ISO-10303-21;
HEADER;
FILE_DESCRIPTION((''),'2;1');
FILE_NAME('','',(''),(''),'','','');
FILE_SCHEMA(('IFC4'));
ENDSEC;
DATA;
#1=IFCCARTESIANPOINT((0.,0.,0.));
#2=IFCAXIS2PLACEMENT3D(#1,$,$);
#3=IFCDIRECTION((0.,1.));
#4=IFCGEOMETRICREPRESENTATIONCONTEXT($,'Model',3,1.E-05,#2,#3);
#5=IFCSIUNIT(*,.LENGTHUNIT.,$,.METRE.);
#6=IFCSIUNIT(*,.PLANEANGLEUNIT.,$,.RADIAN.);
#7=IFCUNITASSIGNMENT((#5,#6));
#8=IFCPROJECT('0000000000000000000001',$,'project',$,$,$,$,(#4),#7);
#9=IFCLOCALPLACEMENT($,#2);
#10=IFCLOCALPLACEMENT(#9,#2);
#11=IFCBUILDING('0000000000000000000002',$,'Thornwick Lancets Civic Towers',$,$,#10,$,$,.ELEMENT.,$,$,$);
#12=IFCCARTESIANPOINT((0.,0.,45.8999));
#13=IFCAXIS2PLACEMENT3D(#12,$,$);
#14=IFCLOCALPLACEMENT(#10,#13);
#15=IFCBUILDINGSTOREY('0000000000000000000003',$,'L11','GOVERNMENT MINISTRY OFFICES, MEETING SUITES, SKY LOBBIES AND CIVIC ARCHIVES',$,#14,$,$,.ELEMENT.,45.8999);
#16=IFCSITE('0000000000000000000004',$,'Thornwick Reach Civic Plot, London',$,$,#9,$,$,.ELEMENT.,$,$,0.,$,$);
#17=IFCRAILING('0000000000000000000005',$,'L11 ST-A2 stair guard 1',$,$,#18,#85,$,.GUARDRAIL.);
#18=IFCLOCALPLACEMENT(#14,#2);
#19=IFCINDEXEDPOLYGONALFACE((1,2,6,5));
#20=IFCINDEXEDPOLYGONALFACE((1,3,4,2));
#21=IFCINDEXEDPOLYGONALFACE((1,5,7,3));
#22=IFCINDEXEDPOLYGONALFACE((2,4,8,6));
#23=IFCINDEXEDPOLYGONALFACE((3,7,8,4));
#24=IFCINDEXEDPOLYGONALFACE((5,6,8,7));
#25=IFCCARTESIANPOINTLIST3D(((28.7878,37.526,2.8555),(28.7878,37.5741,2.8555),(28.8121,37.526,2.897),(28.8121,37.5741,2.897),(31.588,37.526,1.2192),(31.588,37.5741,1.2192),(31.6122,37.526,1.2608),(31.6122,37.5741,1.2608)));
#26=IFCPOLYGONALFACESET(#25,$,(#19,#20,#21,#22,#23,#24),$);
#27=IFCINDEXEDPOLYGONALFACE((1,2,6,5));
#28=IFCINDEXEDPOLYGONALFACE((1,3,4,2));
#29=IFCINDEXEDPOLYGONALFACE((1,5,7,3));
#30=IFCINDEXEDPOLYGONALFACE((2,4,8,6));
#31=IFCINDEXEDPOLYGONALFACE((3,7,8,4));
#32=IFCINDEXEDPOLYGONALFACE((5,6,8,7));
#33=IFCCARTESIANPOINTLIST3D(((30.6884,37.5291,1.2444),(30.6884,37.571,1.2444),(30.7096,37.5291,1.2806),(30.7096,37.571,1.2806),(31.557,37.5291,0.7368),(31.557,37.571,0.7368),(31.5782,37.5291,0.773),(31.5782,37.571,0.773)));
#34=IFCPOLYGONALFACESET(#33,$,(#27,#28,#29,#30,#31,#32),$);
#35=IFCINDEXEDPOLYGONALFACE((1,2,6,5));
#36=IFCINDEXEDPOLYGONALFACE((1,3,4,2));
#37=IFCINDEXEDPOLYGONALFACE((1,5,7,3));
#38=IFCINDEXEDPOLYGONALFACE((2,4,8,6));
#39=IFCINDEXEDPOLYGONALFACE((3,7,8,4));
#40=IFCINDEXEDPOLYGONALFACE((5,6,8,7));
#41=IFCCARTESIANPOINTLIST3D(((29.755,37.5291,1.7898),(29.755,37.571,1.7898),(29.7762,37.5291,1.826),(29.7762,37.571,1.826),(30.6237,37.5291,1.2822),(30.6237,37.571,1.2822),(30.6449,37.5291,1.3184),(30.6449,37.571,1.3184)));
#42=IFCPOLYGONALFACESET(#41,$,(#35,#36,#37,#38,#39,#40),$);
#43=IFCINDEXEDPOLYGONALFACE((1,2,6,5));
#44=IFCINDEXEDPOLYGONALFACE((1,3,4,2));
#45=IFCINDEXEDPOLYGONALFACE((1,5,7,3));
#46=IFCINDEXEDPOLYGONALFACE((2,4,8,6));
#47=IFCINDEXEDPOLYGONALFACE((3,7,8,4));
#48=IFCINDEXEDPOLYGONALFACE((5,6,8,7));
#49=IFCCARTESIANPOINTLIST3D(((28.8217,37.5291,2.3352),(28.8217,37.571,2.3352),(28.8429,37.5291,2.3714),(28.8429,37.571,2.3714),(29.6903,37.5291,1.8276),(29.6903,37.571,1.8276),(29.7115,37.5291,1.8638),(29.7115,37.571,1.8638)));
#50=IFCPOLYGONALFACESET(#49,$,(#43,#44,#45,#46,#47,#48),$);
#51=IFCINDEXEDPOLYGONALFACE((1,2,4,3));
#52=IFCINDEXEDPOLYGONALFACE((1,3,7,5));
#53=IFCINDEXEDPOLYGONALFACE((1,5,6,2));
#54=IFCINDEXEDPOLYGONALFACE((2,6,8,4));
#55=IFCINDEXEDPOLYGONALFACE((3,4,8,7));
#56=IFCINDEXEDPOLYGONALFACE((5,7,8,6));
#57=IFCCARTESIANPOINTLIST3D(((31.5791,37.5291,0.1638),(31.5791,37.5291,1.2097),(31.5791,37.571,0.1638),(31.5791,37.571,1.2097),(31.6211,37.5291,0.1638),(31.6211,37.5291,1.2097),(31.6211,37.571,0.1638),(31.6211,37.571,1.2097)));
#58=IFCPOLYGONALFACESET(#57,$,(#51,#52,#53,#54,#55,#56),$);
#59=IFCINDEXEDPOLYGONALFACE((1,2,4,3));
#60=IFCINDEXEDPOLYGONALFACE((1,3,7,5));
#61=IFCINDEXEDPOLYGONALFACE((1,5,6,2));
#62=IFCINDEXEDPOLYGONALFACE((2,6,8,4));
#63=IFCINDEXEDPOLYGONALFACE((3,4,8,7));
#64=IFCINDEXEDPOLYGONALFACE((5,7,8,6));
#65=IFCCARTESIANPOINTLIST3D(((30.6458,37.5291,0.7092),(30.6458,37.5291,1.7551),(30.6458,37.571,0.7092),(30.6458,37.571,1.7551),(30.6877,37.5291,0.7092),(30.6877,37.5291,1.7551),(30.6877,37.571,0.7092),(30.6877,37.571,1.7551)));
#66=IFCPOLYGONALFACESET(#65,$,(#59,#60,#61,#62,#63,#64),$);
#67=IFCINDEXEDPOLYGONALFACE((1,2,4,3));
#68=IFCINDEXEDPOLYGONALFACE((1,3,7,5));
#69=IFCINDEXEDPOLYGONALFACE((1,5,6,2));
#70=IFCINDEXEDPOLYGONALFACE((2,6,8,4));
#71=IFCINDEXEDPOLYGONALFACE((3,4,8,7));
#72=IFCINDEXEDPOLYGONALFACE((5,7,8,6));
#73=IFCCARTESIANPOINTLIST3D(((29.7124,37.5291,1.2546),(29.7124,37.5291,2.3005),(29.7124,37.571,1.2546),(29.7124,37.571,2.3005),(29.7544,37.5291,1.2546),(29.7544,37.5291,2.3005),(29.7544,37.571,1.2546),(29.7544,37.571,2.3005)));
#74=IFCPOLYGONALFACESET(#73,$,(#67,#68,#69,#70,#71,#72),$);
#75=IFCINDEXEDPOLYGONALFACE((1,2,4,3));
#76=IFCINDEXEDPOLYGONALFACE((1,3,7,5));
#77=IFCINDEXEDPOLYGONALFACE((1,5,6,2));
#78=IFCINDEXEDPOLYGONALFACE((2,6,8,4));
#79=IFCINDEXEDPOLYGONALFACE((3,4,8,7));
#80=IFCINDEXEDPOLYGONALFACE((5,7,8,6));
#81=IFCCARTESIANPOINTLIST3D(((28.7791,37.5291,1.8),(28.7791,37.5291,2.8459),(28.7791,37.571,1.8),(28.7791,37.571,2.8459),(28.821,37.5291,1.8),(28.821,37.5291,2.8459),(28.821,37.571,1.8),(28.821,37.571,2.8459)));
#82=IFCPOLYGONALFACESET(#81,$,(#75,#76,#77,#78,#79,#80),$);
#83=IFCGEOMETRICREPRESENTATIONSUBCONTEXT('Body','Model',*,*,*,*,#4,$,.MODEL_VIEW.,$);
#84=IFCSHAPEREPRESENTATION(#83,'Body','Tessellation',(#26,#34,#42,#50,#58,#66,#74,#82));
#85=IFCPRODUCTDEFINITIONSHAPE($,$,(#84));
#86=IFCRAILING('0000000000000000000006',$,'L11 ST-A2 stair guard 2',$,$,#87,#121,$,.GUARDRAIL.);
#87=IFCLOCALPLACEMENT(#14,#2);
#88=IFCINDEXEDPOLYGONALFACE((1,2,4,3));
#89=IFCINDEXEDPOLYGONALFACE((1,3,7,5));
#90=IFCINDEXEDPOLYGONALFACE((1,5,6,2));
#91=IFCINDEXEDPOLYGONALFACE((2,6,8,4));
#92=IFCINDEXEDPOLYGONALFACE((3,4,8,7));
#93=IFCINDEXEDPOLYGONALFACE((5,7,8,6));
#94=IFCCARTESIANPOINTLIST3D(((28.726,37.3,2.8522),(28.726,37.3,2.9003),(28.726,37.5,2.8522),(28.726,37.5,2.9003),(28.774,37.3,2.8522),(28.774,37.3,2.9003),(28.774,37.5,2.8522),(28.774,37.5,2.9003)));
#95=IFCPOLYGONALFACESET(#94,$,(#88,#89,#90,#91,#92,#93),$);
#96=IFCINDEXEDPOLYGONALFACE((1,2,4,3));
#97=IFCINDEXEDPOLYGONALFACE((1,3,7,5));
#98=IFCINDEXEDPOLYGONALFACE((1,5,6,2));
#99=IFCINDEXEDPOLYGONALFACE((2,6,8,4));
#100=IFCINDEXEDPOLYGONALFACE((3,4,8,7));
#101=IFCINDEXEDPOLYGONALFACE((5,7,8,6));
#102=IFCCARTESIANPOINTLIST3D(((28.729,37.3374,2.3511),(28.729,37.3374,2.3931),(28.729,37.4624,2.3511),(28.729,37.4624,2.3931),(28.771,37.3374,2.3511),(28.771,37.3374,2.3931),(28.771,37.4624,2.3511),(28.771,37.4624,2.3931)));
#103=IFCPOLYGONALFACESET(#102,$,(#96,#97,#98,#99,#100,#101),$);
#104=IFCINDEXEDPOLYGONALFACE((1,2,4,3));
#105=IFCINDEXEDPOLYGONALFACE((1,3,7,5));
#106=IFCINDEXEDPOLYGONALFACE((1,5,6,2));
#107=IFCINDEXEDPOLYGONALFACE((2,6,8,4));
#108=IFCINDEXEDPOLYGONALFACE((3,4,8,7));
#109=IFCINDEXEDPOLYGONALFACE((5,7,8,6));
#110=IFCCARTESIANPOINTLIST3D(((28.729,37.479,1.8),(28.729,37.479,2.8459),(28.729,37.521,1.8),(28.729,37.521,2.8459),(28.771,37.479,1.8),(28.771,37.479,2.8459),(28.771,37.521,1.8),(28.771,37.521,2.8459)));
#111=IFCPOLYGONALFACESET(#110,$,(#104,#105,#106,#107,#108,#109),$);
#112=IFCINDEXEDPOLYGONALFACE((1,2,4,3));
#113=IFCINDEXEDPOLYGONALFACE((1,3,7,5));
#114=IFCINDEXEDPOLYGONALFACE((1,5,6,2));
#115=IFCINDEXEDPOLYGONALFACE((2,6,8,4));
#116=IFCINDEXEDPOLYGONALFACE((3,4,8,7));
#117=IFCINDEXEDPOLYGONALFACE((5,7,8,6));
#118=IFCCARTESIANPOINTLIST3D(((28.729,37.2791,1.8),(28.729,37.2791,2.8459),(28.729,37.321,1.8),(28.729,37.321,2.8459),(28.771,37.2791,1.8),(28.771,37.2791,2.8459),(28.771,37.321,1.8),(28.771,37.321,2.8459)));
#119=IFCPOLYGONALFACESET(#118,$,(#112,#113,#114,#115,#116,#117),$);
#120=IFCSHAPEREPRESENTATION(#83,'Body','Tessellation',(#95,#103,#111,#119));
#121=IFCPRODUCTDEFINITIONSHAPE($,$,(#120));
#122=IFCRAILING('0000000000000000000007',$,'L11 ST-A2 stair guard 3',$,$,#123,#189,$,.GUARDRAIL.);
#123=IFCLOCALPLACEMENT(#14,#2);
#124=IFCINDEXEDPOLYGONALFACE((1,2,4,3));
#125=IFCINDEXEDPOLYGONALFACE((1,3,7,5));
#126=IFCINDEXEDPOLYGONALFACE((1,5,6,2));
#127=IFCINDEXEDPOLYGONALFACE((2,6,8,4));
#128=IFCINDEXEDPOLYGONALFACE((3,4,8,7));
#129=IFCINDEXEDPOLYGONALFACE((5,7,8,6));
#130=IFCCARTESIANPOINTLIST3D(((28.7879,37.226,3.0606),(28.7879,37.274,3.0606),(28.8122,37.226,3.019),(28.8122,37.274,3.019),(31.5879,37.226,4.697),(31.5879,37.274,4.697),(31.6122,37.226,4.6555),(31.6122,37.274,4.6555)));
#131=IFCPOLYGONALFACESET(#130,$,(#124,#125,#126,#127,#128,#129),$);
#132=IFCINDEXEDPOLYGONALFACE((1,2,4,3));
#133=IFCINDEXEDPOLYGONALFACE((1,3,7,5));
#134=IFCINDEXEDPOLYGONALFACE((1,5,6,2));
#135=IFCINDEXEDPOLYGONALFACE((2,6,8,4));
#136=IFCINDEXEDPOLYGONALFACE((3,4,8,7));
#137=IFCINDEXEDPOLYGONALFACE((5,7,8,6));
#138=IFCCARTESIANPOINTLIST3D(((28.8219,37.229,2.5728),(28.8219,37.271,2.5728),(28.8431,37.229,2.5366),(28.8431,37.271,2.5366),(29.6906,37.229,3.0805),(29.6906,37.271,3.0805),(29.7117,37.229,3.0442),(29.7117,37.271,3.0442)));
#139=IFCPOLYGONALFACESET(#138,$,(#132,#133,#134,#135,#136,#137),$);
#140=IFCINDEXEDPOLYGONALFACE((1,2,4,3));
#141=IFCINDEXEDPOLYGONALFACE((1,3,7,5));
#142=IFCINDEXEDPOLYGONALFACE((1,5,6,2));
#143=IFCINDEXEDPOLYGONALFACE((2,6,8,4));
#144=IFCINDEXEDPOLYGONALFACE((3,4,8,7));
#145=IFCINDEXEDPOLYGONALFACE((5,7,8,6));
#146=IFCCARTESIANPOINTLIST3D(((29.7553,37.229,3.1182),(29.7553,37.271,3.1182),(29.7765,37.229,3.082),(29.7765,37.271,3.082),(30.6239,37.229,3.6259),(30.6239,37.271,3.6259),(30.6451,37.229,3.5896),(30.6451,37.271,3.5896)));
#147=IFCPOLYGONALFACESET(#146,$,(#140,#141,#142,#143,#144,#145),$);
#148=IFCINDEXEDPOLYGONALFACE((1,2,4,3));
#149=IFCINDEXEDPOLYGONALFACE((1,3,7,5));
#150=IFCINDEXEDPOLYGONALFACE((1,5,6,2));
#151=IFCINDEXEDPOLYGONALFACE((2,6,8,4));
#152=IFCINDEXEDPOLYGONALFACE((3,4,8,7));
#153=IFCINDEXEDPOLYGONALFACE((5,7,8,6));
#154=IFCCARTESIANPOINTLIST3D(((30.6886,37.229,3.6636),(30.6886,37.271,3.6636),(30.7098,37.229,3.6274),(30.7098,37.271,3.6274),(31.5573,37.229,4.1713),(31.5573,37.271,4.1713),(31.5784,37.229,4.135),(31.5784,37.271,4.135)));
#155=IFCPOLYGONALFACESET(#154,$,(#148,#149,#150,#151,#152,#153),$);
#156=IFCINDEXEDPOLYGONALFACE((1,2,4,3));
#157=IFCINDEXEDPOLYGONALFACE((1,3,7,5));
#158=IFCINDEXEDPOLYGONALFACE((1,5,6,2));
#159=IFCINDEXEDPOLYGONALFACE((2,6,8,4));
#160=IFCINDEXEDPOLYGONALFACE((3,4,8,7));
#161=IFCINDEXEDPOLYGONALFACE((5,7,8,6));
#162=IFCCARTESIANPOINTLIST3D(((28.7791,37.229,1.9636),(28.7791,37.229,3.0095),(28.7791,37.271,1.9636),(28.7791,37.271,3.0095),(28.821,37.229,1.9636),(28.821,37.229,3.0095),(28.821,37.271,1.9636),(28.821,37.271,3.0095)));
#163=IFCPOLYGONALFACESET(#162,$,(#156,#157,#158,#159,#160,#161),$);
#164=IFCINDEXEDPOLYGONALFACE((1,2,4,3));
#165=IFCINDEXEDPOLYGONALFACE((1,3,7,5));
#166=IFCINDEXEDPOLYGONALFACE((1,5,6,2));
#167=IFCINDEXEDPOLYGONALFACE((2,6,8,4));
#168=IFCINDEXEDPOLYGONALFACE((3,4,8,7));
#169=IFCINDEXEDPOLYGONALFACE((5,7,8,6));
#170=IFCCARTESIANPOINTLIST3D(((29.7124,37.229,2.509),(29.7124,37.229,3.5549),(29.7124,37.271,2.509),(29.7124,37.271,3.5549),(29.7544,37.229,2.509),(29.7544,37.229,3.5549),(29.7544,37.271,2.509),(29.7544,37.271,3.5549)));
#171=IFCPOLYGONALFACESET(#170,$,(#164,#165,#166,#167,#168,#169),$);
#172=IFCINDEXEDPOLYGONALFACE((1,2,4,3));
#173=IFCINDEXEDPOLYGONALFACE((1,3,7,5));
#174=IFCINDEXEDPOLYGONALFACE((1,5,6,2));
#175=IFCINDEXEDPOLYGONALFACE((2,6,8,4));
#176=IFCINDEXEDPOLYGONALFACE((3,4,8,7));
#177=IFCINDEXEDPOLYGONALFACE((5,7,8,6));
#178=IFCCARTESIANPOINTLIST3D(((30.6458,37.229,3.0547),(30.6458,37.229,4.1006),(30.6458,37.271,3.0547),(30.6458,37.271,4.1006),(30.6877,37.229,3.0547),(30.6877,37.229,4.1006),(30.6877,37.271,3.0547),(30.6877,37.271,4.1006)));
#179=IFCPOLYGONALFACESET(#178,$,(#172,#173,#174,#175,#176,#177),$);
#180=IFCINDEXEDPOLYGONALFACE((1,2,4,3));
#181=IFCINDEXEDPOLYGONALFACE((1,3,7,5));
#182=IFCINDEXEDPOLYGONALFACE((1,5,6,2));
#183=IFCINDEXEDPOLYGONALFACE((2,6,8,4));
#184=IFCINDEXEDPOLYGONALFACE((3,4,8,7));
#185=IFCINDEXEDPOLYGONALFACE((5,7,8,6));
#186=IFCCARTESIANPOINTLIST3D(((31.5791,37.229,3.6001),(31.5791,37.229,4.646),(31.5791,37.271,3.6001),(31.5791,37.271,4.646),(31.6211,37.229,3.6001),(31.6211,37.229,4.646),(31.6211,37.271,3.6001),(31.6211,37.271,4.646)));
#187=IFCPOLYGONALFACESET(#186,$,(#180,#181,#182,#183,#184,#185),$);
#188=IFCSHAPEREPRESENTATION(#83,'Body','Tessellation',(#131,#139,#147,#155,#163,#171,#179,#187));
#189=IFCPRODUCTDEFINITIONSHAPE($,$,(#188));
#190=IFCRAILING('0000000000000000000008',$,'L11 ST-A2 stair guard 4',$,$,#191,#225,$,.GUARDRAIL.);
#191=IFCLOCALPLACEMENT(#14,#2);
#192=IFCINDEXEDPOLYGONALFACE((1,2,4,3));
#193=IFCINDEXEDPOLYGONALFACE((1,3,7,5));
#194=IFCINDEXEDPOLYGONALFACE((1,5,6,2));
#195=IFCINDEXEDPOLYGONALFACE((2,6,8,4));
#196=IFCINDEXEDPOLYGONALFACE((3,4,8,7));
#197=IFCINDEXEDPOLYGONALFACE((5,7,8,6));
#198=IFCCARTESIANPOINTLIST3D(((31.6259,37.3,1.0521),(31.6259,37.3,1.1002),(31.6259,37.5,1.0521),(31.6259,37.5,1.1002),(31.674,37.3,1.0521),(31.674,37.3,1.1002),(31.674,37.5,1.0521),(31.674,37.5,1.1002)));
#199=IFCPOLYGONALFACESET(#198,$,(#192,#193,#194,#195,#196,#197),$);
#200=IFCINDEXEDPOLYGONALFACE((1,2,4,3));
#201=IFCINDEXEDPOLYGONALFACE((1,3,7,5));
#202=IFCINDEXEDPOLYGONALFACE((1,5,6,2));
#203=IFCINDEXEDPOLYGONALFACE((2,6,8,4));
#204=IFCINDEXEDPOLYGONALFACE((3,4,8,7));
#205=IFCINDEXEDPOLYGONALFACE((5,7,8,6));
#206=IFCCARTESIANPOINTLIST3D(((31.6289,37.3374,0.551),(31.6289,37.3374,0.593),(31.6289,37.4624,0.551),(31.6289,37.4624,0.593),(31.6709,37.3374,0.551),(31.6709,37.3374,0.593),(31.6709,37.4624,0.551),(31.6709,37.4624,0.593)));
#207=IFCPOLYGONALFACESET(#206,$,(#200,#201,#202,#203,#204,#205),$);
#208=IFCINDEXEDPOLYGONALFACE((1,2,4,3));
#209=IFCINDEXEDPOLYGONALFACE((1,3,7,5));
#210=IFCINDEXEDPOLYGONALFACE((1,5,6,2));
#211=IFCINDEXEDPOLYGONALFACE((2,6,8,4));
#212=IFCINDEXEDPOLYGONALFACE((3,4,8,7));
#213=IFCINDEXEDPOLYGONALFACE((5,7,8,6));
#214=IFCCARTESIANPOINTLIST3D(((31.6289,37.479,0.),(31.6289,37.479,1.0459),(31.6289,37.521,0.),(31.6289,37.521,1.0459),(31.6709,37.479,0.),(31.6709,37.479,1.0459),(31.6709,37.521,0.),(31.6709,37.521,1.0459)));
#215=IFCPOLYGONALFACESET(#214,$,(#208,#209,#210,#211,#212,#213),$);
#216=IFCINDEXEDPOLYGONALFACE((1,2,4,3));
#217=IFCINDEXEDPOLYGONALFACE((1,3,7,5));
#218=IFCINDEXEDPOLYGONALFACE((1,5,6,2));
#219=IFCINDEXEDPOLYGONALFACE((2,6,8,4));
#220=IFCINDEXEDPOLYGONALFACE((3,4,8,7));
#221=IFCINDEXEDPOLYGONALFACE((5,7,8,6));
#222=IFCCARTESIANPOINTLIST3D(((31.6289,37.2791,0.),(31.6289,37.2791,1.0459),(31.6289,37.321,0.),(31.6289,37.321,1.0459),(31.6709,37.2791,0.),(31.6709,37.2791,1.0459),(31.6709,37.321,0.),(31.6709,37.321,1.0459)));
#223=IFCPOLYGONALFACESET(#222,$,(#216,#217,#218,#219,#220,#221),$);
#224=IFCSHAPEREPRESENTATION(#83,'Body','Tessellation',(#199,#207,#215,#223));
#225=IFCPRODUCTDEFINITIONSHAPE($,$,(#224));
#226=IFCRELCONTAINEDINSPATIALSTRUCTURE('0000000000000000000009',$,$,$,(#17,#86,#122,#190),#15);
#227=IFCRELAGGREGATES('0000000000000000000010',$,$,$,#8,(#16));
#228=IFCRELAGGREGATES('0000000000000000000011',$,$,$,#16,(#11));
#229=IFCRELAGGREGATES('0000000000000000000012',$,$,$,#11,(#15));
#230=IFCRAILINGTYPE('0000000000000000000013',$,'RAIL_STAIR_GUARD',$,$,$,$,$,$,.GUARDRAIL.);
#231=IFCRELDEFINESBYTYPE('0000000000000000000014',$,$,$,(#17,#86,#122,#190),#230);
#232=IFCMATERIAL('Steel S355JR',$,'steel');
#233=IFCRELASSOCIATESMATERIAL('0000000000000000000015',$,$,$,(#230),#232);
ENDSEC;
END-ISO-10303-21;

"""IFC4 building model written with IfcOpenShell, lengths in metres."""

from ifc_helpers import new_model, si_unit, direction, frame, origin, origin_2d, place, context, subcontext, project, spatial, rectangle, extrude, material, type_object, element, save


model = new_model("IFC4")

# Units and contexts
model_context = context("Model", 3, precision=1e-05, world=origin(), true_north=direction((0.0, 1.0)))
body_context = subcontext(model_context, "Body", "Model", "MODEL_VIEW")
ifc_project = project(units=[si_unit("LENGTHUNIT", "METRE"), si_unit("PLANEANGLEUNIT", "RADIAN")], contexts=[model_context])

# Site, building, storey
site_placement = place(None, origin())
site = spatial("IfcSite", under=ifc_project, at=site_placement, Name="Thornwick Reach Civic Plot, London", CompositionType="ELEMENT", RefElevation=0.0)
building_placement = place(site_placement, origin())
building = spatial("IfcBuilding", under=site, at=building_placement, Name="Thornwick Lancets Civic Towers", CompositionType="ELEMENT")
storey_placement = place(building_placement, frame((0.0, 0.0, 45.8999)))
storey = spatial("IfcBuildingStorey", under=building, at=storey_placement, Name="L11", Description="GOVERNMENT MINISTRY OFFICES, MEETING SUITES, SKY LOBBIES AND CIVIC ARCHIVES", CompositionType="ELEMENT", Elevation=45.8999)

# Shared definitions
ifc_material_1 = material(Name="Steel S355JR", Category="steel")

# Railings
railing_type_1 = type_object("IfcRailingType", Name="RAIL_STAIR_GUARD", PredefinedType="GUARDRAIL", material=ifc_material_1)
railing_1_placement = place(storey_placement, frame((31.6001, 37.55, 0.1638)))
element("IfcRailing", 1, at=railing_1_placement, inside=storey, type_object=railing_type_1, Name="L11 ST-A2 stair guard 1", PredefinedType="GUARDRAIL", context=body_context, shape_type="SweptSolid", body=[
    extrude(rectangle(XDim=0.0481, YDim=0.0481, at=origin_2d()), frame((0.0, 0.0, 1.0762), z_axis=(-0.863394, 0.0, 0.504531), x_axis=(0.0, -1.0, 0.0)), (0.0, 0.0, 1.0), 3.2432),
    extrude(rectangle(XDim=0.042, YDim=0.042, at=origin_2d()), frame((-0.0325, 0.0, 0.5911), z_axis=(-0.863394, 0.0, 0.504531), x_axis=(0.0, -1.0, 0.0)), (0.0, 0.0, 1.0), 1.0061),
    extrude(rectangle(XDim=0.042, YDim=0.042, at=origin_2d()), frame((-0.9658, 0.0, 1.1365), z_axis=(-0.863394, 0.0, 0.504531), x_axis=(0.0, -1.0, 0.0)), (0.0, 0.0, 1.0), 1.0061),
    extrude(rectangle(XDim=0.042, YDim=0.042, at=origin_2d()), frame((-1.8992, 0.0, 1.6819), z_axis=(-0.863394, 0.0, 0.504531), x_axis=(0.0, -1.0, 0.0)), (0.0, 0.0, 1.0), 1.0061),
    extrude(rectangle(XDim=0.042, YDim=0.042, at=origin_2d()), origin(), (0.0, 0.0, 1.0), 1.0459),
    extrude(rectangle(XDim=0.042, YDim=0.042, at=origin_2d()), frame((-0.9333, 0.0, 0.5454)), (0.0, 0.0, 1.0), 1.0459),
    extrude(rectangle(XDim=0.042, YDim=0.042, at=origin_2d()), frame((-1.8667, 0.0, 1.0908)), (0.0, 0.0, 1.0), 1.0459),
    extrude(rectangle(XDim=0.042, YDim=0.042, at=origin_2d()), frame((-2.8, 0.0, 1.6362)), (0.0, 0.0, 1.0), 1.0459),
])
railing_2_placement = place(storey_placement, frame((28.75, 37.5, 1.8)))
element("IfcRailing", 2, at=railing_2_placement, inside=storey, type_object=railing_type_1, Name="L11 ST-A2 stair guard 2", PredefinedType="GUARDRAIL", context=body_context, shape_type="SweptSolid", body=[
    extrude(rectangle(XDim=0.0481, YDim=0.0481, at=origin_2d()), frame((0.0, 0.0, 1.0762), z_axis=(0.0, -1.0, 0.0), x_axis=(1.0, 0.0, 0.0)), (0.0, 0.0, 1.0), 0.2),
    extrude(rectangle(XDim=0.042, YDim=0.042, at=origin_2d()), frame((0.0, -0.0376, 0.572), z_axis=(0.0, -1.0, 0.0), x_axis=(1.0, 0.0, 0.0)), (0.0, 0.0, 1.0), 0.125),
    extrude(rectangle(XDim=0.042, YDim=0.042, at=origin_2d()), origin(), (0.0, 0.0, 1.0), 1.0459),
    extrude(rectangle(XDim=0.042, YDim=0.042, at=origin_2d()), frame((0.0, -0.2, 0.0)), (0.0, 0.0, 1.0), 1.0459),
])
railing_3_placement = place(storey_placement, frame((28.8, 37.25, 1.9636)))
element("IfcRailing", 3, at=railing_3_placement, inside=storey, type_object=railing_type_1, Name="L11 ST-A2 stair guard 3", PredefinedType="GUARDRAIL", context=body_context, shape_type="SweptSolid", body=[
    extrude(rectangle(XDim=0.0481, YDim=0.0481, at=origin_2d()), frame((0.0, 0.0, 1.0762), z_axis=(0.863361, 0.0, 0.504587), x_axis=(0.0, 1.0, 0.0)), (0.0, 0.0, 1.0), 3.2432),
    extrude(rectangle(XDim=0.042, YDim=0.042, at=origin_2d()), frame((0.0325, 0.0, 0.5911), z_axis=(0.863361, 0.0, 0.504587), x_axis=(0.0, 1.0, 0.0)), (0.0, 0.0, 1.0), 1.0061),
    extrude(rectangle(XDim=0.042, YDim=0.042, at=origin_2d()), frame((0.9658, 0.0, 1.1365), z_axis=(0.863361, 0.0, 0.504587), x_axis=(0.0, 1.0, 0.0)), (0.0, 0.0, 1.0), 1.0061),
    extrude(rectangle(XDim=0.042, YDim=0.042, at=origin_2d()), frame((1.8992, 0.0, 1.6819), z_axis=(0.863361, 0.0, 0.504587), x_axis=(0.0, 1.0, 0.0)), (0.0, 0.0, 1.0), 1.0061),
    extrude(rectangle(XDim=0.042, YDim=0.042, at=origin_2d()), origin(), (0.0, 0.0, 1.0), 1.0459),
    extrude(rectangle(XDim=0.042, YDim=0.042, at=origin_2d()), frame((0.9333, 0.0, 0.5454)), (0.0, 0.0, 1.0), 1.0459),
    extrude(rectangle(XDim=0.042, YDim=0.042, at=origin_2d()), frame((1.8667, 0.0, 1.0911)), (0.0, 0.0, 1.0), 1.0459),
    extrude(rectangle(XDim=0.042, YDim=0.042, at=origin_2d()), frame((2.8, 0.0, 1.6365)), (0.0, 0.0, 1.0), 1.0459),
])
railing_4_placement = place(storey_placement, frame((31.6499, 37.5, 0.0)))
element("IfcRailing", 4, at=railing_4_placement, inside=storey, type_object=railing_type_1, Name="L11 ST-A2 stair guard 4", PredefinedType="GUARDRAIL", context=body_context, shape_type="SweptSolid", body=[
    extrude(rectangle(XDim=0.0481, YDim=0.0481, at=origin_2d()), frame((0.0, 0.0, 1.0762), z_axis=(0.0, -1.0, 0.0), x_axis=(1.0, 0.0, 0.0)), (0.0, 0.0, 1.0), 0.2),
    extrude(rectangle(XDim=0.042, YDim=0.042, at=origin_2d()), frame((0.0, -0.0376, 0.572), z_axis=(0.0, -1.0, 0.0), x_axis=(1.0, 0.0, 0.0)), (0.0, 0.0, 1.0), 0.125),
    extrude(rectangle(XDim=0.042, YDim=0.042, at=origin_2d()), origin(), (0.0, 0.0, 1.0), 1.0459),
    extrude(rectangle(XDim=0.042, YDim=0.042, at=origin_2d()), frame((0.0, -0.2, 0.0)), (0.0, 0.0, 1.0), 1.0459),
])

save(model, "model.ifc")
